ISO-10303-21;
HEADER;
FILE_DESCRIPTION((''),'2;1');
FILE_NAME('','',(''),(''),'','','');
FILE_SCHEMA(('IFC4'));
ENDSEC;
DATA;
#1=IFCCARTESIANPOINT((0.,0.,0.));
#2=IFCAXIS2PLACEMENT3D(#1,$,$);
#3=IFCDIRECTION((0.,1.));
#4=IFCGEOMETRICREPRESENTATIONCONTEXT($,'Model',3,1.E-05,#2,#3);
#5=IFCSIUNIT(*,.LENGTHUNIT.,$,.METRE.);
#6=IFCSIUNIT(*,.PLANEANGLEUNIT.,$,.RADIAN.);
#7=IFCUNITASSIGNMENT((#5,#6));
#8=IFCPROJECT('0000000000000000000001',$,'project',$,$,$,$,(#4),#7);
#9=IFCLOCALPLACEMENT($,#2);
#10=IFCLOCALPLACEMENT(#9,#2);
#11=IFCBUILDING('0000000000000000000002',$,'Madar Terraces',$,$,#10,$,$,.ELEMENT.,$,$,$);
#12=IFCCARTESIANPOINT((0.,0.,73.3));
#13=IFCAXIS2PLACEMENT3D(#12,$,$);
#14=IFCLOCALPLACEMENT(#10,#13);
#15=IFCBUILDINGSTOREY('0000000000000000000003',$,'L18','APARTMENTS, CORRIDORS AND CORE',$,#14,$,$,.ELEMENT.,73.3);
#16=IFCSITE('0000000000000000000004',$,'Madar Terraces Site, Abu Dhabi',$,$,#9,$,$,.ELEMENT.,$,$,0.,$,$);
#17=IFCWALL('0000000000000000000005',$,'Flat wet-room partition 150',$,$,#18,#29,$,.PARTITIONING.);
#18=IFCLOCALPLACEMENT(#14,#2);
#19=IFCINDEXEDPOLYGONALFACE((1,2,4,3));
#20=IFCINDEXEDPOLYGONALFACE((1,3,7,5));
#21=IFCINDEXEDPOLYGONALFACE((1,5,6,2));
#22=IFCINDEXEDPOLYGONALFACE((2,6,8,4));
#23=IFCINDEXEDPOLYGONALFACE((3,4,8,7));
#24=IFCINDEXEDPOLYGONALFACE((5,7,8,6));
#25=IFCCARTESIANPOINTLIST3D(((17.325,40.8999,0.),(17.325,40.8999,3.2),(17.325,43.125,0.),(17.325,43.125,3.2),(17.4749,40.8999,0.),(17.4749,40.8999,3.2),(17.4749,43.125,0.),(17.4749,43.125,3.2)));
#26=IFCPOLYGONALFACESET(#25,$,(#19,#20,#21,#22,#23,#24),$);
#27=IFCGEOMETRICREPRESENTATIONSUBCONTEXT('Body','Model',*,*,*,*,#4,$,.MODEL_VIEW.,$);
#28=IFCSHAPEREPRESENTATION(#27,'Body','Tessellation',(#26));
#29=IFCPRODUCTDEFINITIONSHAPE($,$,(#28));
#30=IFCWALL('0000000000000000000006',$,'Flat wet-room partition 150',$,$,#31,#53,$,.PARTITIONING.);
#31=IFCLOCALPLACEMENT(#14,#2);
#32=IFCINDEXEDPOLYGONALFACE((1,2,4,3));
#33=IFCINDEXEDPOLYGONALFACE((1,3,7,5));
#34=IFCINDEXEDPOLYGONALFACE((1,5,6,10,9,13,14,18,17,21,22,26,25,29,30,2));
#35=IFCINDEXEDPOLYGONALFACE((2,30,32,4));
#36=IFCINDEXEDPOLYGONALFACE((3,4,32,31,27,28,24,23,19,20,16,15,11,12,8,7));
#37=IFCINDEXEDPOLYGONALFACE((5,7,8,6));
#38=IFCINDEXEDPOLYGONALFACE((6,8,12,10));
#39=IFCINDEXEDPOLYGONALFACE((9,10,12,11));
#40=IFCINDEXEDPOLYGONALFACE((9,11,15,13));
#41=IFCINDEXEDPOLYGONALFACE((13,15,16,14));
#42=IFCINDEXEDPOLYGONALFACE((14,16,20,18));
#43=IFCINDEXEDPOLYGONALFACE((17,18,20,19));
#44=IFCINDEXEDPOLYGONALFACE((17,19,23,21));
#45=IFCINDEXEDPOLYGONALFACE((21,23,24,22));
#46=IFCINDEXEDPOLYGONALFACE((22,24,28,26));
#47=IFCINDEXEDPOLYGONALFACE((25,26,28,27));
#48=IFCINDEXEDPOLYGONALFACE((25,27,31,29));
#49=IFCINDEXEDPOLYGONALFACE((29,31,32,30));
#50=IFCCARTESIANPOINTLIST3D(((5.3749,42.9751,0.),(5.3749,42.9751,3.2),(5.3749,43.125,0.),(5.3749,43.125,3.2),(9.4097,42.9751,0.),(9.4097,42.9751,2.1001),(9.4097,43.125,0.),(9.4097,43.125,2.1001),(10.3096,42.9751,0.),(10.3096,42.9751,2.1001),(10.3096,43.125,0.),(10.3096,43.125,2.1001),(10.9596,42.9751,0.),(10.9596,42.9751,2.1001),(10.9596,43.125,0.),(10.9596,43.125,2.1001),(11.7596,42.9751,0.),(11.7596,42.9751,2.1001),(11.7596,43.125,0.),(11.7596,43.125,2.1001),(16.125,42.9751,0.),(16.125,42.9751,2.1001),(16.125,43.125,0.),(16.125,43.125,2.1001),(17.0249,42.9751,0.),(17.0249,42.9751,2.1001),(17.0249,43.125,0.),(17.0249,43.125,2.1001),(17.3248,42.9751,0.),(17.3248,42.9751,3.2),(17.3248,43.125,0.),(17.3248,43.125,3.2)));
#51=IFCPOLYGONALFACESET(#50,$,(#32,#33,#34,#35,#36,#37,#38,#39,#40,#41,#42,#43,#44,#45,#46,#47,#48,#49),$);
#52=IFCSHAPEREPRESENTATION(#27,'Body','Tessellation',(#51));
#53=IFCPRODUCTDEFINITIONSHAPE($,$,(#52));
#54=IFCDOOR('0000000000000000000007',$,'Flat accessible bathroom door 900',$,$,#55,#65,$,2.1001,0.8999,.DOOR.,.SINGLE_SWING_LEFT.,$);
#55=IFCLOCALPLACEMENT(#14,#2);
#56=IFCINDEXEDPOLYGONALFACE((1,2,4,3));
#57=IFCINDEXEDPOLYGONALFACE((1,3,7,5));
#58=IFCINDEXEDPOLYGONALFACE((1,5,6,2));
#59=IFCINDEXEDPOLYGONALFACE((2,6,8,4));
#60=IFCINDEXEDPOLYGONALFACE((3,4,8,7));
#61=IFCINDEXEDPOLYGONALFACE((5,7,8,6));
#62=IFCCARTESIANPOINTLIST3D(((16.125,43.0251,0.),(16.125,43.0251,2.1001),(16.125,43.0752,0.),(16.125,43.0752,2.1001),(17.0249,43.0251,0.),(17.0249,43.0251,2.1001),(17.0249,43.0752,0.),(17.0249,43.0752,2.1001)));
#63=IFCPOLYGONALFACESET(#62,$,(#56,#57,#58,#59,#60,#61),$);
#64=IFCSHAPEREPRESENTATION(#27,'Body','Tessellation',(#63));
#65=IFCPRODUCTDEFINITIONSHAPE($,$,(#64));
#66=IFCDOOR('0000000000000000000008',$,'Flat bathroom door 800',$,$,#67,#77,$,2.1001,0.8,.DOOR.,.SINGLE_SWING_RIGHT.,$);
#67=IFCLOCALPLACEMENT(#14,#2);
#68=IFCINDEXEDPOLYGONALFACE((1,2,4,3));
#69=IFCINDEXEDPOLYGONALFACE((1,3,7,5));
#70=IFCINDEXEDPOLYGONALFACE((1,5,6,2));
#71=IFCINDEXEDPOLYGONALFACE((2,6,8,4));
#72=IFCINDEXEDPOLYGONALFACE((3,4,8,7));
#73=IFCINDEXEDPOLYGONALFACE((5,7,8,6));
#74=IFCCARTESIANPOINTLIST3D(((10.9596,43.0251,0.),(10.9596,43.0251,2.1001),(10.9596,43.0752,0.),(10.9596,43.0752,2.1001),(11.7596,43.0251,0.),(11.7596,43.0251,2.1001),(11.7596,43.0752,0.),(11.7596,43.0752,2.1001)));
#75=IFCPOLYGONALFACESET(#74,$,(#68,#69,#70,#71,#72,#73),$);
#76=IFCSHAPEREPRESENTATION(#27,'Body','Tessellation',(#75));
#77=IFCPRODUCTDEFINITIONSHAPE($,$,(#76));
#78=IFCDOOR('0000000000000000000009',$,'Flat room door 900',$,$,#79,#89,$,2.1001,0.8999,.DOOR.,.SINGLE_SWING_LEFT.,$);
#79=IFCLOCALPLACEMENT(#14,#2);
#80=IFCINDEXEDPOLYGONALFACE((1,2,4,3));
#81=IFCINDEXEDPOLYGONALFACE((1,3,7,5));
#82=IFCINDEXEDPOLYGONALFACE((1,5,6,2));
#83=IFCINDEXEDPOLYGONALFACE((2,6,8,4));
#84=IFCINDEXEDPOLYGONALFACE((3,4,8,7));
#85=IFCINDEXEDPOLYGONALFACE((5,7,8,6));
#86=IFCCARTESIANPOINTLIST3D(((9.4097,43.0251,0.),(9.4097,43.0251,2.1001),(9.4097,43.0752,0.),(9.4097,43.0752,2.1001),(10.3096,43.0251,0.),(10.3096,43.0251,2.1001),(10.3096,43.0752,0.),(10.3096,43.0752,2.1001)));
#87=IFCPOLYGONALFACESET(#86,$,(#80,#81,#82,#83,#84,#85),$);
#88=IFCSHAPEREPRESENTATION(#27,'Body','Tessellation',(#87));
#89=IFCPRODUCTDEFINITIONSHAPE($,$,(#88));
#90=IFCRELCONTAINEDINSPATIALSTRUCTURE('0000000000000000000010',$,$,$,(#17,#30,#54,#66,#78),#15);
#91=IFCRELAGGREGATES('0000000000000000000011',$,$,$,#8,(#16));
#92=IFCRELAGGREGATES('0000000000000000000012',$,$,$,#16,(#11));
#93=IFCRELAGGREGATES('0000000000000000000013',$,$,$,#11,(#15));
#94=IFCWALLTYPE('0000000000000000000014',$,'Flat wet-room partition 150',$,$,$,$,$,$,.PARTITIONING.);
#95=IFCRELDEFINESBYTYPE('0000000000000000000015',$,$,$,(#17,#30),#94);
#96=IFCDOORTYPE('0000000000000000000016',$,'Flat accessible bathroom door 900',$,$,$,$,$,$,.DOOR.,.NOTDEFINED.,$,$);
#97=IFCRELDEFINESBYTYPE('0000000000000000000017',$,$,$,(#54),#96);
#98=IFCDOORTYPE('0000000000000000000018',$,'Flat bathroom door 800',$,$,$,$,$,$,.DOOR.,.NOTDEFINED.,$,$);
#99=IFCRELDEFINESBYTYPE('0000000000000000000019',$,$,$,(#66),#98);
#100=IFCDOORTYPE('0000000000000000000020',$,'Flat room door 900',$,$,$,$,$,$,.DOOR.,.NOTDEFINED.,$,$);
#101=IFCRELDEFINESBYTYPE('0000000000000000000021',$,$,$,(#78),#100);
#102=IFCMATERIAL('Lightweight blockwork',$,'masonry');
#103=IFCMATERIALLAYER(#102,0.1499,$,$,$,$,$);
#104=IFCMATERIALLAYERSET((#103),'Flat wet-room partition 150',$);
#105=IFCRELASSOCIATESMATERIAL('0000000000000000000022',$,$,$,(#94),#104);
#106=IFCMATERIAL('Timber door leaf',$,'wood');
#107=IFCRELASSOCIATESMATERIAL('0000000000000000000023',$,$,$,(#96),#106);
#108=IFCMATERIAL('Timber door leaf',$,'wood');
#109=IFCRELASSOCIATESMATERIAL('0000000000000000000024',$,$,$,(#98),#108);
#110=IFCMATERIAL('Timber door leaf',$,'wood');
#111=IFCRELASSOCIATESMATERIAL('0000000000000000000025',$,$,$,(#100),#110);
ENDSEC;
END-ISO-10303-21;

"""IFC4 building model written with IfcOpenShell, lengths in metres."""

from ifc_helpers import new_model, si_unit, direction, frame, frame_2d, origin, place, context, subcontext, project, spatial, rectangle, extrude, material, layer, layer_set, type_object, element, fill, save


model = new_model("IFC4")

# Units and contexts
model_context = context("Model", 3, precision=1e-05, world=origin(), true_north=direction((0.0, 1.0)))
body_context = subcontext(model_context, "Body", "Model", "MODEL_VIEW")
ifc_project = project(units=[si_unit("LENGTHUNIT", "METRE"), si_unit("PLANEANGLEUNIT", "RADIAN")], contexts=[model_context])

# Site, building, storey
site_placement = place(None, origin())
site = spatial("IfcSite", under=ifc_project, at=site_placement, Name="Madar Terraces Site, Abu Dhabi", CompositionType="ELEMENT", RefElevation=0.0)
building_placement = place(site_placement, origin())
building = spatial("IfcBuilding", under=site, at=building_placement, Name="Madar Terraces", CompositionType="ELEMENT")
storey_placement = place(building_placement, frame((0.0, 0.0, 73.3)))
storey = spatial("IfcBuildingStorey", under=building, at=storey_placement, Name="L18", Description="APARTMENTS, CORRIDORS AND CORE", CompositionType="ELEMENT", Elevation=73.3)

# Wall
ifc_material_1 = material(Name="Lightweight blockwork", Category="masonry")
ifc_layer_1 = layer(ifc_material_1, 0.1499)
ifc_layer_set_1 = layer_set([ifc_layer_1], Name="Flat wet-room partition 150")
wall_type_1 = type_object("IfcWallType", Name="Flat wet-room partition 150", PredefinedType="PARTITIONING", material=ifc_layer_set_1)
wall_1_placement = place(storey_placement, frame((17.3999, 40.8999, 0.0), z_axis=(0.0, 0.0, 1.0), x_axis=(0.0, 1.0, 0.0)))
element("IfcWall", 1, at=wall_1_placement, inside=storey, type_object=wall_type_1, Name="Flat wet-room partition 150", PredefinedType="PARTITIONING", context=body_context, shape_type="SweptSolid", body=[
    extrude(rectangle(XDim=2.2251, YDim=0.1499, at=frame_2d((1.1125, 0.0))), origin(), (0.0, 0.0, 1.0), 3.2),
])

# Wall, openings, doors
wall_2_placement = place(storey_placement, frame((17.325, 43.05, 0.0), z_axis=(0.0, 0.0, 1.0), x_axis=(-1.0, 0.0, 0.0)))
wall_2 = element("IfcWall", 2, at=wall_2_placement, inside=storey, type_object=wall_type_1, Name="Flat wet-room partition 150", PredefinedType="PARTITIONING", context=body_context, shape_type="SweptSolid", body=[
    extrude(rectangle(XDim=11.95, YDim=0.1499, at=frame_2d((5.9751, 0.0))), origin(), (0.0, 0.0, 1.0), 3.2),
])
opening_1_placement = place(wall_2_placement, frame((0.3, 0.0, 0.0)))
opening_1 = element("IfcOpeningElement", 3, at=opening_1_placement, cuts=wall_2, PredefinedType="OPENING", context=body_context, shape_type="SweptSolid", body=[
    extrude(rectangle(XDim=0.8999, YDim=2.1001, at=frame_2d((0.45, 1.05))), frame((0.0, 0.085, 0.0), z_axis=(0.0, -1.0, 0.0), x_axis=(1.0, 0.0, 0.0)), (0.0, 0.0, 1.0), 0.1699),
])
opening_2_placement = place(wall_2_placement, frame((5.5654, 0.0, 0.0)))
opening_2 = element("IfcOpeningElement", 4, at=opening_2_placement, cuts=wall_2, PredefinedType="OPENING", context=body_context, shape_type="SweptSolid", body=[
    extrude(rectangle(XDim=0.8, YDim=2.1001, at=frame_2d((0.3999, 1.05))), frame((0.0, 0.085, 0.0), z_axis=(0.0, -1.0, 0.0), x_axis=(1.0, 0.0, 0.0)), (0.0, 0.0, 1.0), 0.1699),
])
opening_3_placement = place(wall_2_placement, frame((7.0154, 0.0, 0.0)))
opening_3 = element("IfcOpeningElement", 5, at=opening_3_placement, cuts=wall_2, PredefinedType="OPENING", context=body_context, shape_type="SweptSolid", body=[
    extrude(rectangle(XDim=0.8999, YDim=2.1001, at=frame_2d((0.45, 1.05))), frame((0.0, 0.085, 0.0), z_axis=(0.0, -1.0, 0.0), x_axis=(1.0, 0.0, 0.0)), (0.0, 0.0, 1.0), 0.1699),
])
ifc_material_2 = material(Name="Timber door leaf", Category="wood")
door_type_1 = type_object("IfcDoorType", Name="Flat accessible bathroom door 900", OperationType="NOTDEFINED", PredefinedType="DOOR", material=ifc_material_2)
door_1_placement = place(opening_1_placement, origin())
door_1 = element("IfcDoor", 6, at=door_1_placement, inside=storey, type_object=door_type_1, Name="Flat accessible bathroom door 900", OperationType="SINGLE_SWING_LEFT", OverallHeight=2.1001, OverallWidth=0.8999, PredefinedType="DOOR", context=body_context, shape_type="SweptSolid", body=[
    extrude(rectangle(XDim=0.8999, YDim=2.1001, at=frame_2d((0.45, 1.05))), frame((0.0, 0.0249, 0.0), z_axis=(0.0, -1.0, 0.0), x_axis=(1.0, 0.0, 0.0)), (0.0, 0.0, 1.0), 0.05),
])
fill(opening_1, door_1)
ifc_material_3 = material(Name="Timber door leaf", Category="wood")
door_type_2 = type_object("IfcDoorType", Name="Flat bathroom door 800", OperationType="NOTDEFINED", PredefinedType="DOOR", material=ifc_material_3)
door_2_placement = place(opening_2_placement, origin())
door_2 = element("IfcDoor", 7, at=door_2_placement, inside=storey, type_object=door_type_2, Name="Flat bathroom door 800", OperationType="SINGLE_SWING_RIGHT", OverallHeight=2.1001, OverallWidth=0.8, PredefinedType="DOOR", context=body_context, shape_type="SweptSolid", body=[
    extrude(rectangle(XDim=0.8, YDim=2.1001, at=frame_2d((0.3999, 1.05))), frame((0.0, 0.0249, 0.0), z_axis=(0.0, -1.0, 0.0), x_axis=(1.0, 0.0, 0.0)), (0.0, 0.0, 1.0), 0.05),
])
fill(opening_2, door_2)
ifc_material_4 = material(Name="Timber door leaf", Category="wood")
door_type_3 = type_object("IfcDoorType", Name="Flat room door 900", OperationType="NOTDEFINED", PredefinedType="DOOR", material=ifc_material_4)
door_3_placement = place(opening_3_placement, origin())
door_3 = element("IfcDoor", 8, at=door_3_placement, inside=storey, type_object=door_type_3, Name="Flat room door 900", OperationType="SINGLE_SWING_LEFT", OverallHeight=2.1001, OverallWidth=0.8999, PredefinedType="DOOR", context=body_context, shape_type="SweptSolid", body=[
    extrude(rectangle(XDim=0.8999, YDim=2.1001, at=frame_2d((0.45, 1.05))), frame((0.0, 0.0249, 0.0), z_axis=(0.0, -1.0, 0.0), x_axis=(1.0, 0.0, 0.0)), (0.0, 0.0, 1.0), 0.05),
])
fill(opening_3, door_3)

save(model, "model.ifc")
